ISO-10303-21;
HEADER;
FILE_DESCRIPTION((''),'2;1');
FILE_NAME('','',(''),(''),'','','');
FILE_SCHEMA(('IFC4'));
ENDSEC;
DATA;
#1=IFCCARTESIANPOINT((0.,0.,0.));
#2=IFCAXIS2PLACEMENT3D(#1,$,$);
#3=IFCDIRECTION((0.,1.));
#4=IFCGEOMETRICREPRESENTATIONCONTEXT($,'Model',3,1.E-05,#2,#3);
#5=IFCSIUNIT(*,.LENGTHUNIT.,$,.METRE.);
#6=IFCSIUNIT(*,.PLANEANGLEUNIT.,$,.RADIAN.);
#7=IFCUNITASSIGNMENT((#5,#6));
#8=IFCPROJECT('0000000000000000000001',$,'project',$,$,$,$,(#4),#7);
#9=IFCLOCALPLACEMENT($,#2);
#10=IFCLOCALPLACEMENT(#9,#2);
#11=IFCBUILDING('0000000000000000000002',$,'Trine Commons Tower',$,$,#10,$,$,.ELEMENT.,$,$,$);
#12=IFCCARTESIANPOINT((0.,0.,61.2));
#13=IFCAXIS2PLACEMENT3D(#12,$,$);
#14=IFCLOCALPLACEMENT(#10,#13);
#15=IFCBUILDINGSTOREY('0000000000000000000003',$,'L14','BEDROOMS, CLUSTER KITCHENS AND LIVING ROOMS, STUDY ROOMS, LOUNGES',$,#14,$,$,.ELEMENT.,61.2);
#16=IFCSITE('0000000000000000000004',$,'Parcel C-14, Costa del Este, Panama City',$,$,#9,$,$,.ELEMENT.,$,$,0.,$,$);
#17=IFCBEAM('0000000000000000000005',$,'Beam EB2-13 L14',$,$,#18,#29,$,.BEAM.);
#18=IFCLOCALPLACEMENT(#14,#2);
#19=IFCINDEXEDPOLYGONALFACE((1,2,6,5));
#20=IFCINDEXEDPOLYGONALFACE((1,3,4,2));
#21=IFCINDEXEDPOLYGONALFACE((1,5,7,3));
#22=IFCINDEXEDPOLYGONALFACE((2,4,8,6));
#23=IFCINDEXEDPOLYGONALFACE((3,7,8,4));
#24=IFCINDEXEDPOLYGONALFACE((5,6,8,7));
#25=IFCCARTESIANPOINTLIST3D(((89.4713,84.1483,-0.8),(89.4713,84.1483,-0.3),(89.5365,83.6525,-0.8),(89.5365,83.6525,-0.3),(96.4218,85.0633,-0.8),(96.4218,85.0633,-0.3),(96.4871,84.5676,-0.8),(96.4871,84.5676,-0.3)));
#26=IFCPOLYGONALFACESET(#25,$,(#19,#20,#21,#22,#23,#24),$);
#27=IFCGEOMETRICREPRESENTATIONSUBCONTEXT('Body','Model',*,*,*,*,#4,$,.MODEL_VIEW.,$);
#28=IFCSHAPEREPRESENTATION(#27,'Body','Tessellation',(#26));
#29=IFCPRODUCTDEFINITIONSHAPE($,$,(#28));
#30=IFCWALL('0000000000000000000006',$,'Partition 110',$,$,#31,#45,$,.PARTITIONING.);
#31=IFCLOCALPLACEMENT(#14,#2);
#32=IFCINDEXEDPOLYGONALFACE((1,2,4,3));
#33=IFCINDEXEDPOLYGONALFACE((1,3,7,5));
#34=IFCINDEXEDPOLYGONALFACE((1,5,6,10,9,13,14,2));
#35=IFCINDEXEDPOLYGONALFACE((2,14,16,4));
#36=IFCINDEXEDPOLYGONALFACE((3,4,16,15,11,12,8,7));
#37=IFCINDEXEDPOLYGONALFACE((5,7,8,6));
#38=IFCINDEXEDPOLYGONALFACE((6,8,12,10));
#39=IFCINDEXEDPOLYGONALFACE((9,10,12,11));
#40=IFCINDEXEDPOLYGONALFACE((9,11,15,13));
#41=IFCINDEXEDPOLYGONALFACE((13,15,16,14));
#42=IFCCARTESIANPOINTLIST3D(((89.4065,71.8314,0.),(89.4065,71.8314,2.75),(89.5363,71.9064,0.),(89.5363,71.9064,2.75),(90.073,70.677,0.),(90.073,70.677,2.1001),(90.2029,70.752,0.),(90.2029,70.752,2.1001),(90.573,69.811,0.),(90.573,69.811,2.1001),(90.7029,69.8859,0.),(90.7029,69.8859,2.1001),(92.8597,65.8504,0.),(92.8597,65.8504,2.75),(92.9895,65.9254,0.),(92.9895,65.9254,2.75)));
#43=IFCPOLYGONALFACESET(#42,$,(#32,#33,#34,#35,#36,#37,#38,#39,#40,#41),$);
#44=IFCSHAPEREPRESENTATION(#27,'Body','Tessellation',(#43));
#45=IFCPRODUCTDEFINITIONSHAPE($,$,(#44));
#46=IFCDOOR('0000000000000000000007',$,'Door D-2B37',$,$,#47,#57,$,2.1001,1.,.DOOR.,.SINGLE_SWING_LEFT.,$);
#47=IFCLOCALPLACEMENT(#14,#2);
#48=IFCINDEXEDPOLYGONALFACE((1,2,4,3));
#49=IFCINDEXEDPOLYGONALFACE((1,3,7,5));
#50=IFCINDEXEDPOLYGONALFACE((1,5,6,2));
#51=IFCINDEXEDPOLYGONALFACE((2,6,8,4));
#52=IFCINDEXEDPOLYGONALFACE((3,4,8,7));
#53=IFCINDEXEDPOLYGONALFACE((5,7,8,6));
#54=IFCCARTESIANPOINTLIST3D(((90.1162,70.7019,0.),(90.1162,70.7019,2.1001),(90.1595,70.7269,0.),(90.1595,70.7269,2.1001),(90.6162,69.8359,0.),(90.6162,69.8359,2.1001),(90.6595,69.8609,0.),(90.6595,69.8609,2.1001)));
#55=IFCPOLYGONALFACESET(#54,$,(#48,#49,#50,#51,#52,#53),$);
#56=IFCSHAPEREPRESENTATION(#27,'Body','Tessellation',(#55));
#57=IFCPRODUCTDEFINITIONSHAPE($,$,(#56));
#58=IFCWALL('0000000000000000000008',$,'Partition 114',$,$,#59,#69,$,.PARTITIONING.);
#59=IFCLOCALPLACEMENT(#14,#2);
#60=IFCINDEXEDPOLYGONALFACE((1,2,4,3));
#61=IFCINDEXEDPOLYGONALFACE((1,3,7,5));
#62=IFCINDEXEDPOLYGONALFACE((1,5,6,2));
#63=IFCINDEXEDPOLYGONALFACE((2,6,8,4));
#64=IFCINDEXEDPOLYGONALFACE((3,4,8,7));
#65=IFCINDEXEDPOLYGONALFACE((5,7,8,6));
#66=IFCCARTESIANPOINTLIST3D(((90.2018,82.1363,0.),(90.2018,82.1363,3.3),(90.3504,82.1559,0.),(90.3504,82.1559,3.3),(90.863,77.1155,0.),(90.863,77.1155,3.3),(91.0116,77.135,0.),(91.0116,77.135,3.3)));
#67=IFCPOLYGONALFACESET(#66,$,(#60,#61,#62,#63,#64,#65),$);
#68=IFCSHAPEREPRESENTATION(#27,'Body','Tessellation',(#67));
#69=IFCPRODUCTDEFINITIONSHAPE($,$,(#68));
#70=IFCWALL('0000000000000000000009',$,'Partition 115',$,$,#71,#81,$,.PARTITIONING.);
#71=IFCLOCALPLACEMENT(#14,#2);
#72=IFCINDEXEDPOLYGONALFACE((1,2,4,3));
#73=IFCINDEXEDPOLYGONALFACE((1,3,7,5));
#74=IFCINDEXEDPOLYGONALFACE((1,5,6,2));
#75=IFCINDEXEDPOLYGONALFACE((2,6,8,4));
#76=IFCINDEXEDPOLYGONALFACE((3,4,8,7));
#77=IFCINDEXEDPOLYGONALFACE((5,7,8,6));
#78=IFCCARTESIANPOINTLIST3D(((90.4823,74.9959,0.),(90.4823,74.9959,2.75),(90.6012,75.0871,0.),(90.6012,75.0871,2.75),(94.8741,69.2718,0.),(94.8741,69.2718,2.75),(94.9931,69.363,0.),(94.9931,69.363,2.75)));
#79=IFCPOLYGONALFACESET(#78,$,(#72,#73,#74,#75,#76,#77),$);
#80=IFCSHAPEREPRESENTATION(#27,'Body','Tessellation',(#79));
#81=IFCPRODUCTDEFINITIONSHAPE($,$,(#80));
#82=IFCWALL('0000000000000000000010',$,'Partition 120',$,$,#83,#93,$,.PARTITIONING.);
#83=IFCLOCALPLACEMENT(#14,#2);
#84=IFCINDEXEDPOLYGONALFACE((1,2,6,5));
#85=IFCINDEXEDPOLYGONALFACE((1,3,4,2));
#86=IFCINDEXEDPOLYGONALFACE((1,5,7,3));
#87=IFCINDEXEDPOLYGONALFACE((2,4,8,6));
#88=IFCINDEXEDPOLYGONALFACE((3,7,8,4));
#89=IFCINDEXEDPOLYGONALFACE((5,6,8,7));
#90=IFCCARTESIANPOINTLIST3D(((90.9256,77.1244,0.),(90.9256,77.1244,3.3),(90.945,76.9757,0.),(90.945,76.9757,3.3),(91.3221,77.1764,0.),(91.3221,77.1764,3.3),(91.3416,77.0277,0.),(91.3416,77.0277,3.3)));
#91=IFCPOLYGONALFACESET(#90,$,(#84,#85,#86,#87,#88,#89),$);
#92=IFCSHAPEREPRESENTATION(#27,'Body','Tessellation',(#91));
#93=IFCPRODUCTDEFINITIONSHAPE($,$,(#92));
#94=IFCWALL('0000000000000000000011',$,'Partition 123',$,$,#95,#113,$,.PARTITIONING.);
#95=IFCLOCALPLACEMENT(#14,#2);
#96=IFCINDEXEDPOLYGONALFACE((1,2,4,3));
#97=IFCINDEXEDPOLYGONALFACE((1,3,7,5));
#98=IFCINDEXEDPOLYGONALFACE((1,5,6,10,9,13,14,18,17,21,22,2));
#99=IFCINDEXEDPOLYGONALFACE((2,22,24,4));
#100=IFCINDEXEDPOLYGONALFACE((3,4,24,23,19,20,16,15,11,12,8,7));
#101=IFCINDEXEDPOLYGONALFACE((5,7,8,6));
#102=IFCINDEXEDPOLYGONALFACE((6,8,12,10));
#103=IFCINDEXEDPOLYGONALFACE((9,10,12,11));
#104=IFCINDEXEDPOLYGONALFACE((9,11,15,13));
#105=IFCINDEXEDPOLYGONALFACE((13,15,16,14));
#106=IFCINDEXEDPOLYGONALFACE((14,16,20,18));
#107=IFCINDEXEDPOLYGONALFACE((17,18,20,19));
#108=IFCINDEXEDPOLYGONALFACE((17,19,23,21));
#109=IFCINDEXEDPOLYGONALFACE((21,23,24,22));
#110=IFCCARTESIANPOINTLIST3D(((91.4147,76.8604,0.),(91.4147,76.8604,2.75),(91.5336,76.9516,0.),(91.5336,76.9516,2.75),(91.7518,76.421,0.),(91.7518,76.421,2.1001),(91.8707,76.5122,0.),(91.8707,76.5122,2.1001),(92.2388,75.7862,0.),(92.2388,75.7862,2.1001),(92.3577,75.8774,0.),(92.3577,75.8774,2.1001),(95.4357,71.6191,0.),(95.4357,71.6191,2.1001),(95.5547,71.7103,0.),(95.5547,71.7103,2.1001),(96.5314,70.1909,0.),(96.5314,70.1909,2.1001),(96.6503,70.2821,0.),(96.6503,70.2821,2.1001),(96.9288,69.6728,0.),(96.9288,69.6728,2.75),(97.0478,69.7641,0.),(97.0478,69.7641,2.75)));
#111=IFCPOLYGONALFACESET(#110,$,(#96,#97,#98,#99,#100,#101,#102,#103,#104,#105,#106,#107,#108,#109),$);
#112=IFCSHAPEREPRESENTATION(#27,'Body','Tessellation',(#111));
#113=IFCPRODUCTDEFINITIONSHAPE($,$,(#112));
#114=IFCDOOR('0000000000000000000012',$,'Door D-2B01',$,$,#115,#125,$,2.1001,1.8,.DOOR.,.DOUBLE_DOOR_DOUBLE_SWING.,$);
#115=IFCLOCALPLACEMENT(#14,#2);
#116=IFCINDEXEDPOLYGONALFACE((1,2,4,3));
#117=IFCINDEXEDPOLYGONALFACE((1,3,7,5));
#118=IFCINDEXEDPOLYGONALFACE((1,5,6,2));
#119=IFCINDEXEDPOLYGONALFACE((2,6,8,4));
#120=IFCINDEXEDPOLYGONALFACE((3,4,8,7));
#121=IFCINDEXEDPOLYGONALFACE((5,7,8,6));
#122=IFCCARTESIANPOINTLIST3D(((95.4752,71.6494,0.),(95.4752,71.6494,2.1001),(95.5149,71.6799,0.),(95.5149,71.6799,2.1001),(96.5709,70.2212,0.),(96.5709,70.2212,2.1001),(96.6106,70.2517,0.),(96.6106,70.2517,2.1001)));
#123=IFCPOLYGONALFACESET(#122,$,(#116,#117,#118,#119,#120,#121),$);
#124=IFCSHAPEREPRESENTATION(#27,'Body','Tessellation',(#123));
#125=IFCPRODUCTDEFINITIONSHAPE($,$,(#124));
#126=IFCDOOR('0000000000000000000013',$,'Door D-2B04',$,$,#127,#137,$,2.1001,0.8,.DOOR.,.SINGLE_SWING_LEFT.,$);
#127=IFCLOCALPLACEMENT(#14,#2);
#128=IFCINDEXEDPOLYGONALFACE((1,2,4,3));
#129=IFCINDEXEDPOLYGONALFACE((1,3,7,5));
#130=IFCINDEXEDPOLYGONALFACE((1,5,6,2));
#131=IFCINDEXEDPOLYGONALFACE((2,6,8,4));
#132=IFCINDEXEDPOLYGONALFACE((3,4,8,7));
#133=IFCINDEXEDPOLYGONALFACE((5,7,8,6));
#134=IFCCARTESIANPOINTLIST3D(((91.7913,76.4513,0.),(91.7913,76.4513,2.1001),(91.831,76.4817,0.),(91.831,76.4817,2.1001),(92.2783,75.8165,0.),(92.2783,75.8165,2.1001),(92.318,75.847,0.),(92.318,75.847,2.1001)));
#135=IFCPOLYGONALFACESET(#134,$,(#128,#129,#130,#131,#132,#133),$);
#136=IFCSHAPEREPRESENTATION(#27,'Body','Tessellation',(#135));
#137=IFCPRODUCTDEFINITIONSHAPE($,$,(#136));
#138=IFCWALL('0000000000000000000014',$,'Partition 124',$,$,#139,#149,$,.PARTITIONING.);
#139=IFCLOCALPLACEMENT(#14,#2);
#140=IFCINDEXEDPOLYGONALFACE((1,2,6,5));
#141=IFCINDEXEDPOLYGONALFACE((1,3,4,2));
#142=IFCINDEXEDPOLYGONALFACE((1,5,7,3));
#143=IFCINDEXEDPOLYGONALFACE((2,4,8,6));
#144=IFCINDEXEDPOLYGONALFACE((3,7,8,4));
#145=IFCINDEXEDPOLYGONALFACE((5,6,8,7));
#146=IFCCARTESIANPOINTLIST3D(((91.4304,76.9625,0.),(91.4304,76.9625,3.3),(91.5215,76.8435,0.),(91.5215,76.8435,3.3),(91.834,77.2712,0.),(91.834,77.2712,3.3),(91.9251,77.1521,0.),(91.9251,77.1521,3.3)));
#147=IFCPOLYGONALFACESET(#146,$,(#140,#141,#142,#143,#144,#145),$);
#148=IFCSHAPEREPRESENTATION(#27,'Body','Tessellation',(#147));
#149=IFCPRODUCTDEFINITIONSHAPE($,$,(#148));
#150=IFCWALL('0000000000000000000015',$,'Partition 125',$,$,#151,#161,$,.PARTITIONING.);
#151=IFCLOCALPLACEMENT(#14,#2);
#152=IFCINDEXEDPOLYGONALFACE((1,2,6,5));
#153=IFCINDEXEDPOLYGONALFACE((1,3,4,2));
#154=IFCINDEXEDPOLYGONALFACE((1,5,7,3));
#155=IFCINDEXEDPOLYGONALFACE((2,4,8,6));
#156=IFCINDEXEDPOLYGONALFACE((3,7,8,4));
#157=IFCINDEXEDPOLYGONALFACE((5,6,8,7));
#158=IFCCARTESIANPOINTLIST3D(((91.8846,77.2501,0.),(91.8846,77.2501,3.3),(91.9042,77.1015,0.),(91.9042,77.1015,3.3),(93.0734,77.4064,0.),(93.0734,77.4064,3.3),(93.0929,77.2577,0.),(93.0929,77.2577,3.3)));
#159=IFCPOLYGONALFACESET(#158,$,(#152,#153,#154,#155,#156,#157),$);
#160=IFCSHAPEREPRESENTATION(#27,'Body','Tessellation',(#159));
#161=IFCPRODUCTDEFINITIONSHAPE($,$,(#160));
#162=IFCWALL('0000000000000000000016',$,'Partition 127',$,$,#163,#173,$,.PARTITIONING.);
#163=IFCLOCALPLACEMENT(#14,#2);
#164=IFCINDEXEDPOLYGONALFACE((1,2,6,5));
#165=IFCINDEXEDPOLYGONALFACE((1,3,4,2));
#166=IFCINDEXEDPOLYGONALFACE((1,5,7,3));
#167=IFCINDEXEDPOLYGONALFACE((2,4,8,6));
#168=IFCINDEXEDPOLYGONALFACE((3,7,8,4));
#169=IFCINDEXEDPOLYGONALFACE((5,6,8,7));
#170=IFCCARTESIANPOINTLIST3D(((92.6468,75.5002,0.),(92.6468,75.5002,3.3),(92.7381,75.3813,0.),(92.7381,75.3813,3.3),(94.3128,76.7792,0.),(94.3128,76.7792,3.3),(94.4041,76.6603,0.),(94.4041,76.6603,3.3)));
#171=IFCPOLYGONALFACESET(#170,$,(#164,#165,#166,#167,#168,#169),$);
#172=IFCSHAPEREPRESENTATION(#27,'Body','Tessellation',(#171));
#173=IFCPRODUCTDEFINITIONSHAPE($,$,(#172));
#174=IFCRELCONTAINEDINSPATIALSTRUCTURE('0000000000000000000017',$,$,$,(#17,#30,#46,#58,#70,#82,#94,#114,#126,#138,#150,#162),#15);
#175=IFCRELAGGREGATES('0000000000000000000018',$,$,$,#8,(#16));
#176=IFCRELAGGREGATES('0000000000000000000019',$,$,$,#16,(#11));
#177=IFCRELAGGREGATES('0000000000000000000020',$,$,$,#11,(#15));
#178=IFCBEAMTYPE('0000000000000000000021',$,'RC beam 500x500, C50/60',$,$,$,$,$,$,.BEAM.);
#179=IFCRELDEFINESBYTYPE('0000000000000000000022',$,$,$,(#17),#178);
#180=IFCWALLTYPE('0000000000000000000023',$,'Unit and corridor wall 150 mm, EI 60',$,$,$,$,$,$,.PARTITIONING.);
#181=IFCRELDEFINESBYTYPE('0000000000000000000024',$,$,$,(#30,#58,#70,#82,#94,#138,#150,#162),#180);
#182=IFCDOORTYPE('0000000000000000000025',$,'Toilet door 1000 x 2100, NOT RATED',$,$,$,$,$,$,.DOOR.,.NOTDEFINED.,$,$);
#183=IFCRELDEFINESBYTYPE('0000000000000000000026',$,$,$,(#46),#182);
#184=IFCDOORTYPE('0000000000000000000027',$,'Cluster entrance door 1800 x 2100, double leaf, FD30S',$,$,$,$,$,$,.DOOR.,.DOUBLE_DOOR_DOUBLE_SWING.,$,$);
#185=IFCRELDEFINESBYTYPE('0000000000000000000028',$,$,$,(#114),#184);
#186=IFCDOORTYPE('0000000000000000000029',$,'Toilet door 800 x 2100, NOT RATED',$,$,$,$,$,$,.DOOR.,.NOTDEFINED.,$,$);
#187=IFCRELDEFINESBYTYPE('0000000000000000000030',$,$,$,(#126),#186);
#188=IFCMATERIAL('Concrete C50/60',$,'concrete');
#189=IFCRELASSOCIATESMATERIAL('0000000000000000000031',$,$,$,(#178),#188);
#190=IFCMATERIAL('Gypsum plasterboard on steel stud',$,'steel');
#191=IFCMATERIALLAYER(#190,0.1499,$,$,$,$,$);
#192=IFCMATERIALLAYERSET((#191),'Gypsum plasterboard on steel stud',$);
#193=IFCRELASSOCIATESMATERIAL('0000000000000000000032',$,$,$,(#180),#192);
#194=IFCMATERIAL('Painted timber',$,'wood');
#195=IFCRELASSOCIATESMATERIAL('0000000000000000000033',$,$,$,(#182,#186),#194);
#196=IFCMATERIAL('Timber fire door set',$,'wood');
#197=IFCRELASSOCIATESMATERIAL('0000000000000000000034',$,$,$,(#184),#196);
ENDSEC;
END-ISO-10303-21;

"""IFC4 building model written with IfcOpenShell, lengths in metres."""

from ifc_helpers import new_model, si_unit, direction, frame, frame_2d, origin, origin_2d, place, context, subcontext, project, spatial, rectangle, extrude, material, layer, layer_set, material_profile, profile_set, type_object, element, fill, save


model = new_model("IFC4")

# Units and contexts
model_context = context("Model", 3, precision=1e-05, world=origin(), true_north=direction((0.0, 1.0)))
body_context = subcontext(model_context, "Body", "Model", "MODEL_VIEW")
ifc_project = project(units=[si_unit("LENGTHUNIT", "METRE"), si_unit("PLANEANGLEUNIT", "RADIAN")], contexts=[model_context])

# Site, building, storey
site_placement = place(None, origin())
site = spatial("IfcSite", under=ifc_project, at=site_placement, Name="Parcel C-14, Costa del Este, Panama City", CompositionType="ELEMENT", RefElevation=0.0)
building_placement = place(site_placement, origin())
building = spatial("IfcBuilding", under=site, at=building_placement, Name="Trine Commons Tower", CompositionType="ELEMENT")
storey_placement = place(building_placement, frame((0.0, 0.0, 61.2)))
storey = spatial("IfcBuildingStorey", under=building, at=storey_placement, Name="L14", Description="BEDROOMS, CLUSTER KITCHENS AND LIVING ROOMS, STUDY ROOMS, LOUNGES", CompositionType="ELEMENT", Elevation=61.2)

# Beam
ifc_material_1 = material(Name="Concrete C50/60", Category="concrete")
ifc_material_profile = material_profile(ifc_material_1, rectangle(XDim=0.5, YDim=0.5, at=origin_2d()), Name="RC 500x500")
ifc_profile_set = profile_set([ifc_material_profile], Name="Concrete C50/60")
beam_type = type_object("IfcBeamType", Name="RC beam 500x500, C50/60", PredefinedType="BEAM", material=ifc_profile_set)
beam_placement = place(storey_placement, frame((89.5039, 83.9004, -0.55), z_axis=(0.991445, 0.130526, 0.0), x_axis=(-0.130526, 0.991445, 0.0)))
element("IfcBeam", 1, at=beam_placement, inside=storey, type_object=beam_type, Name="Beam EB2-13 L14", PredefinedType="BEAM", context=body_context, shape_type="SweptSolid", body=[
    extrude(rectangle(XDim=0.5, YDim=0.5, at=origin_2d()), origin(), (0.0, 0.0, 1.0), 7.0105),
])

# Wall, opening, door
ifc_material_2 = material(Name="Gypsum plasterboard on steel stud", Category="steel")
ifc_layer_1 = layer(ifc_material_2, 0.1499)
ifc_layer_set_1 = layer_set([ifc_layer_1], Name="Gypsum plasterboard on steel stud")
wall_type_1 = type_object("IfcWallType", Name="Unit and corridor wall 150 mm, EI 60", PredefinedType="PARTITIONING", material=ifc_layer_set_1)
wall_1_placement = place(storey_placement, frame((89.4714, 71.8689, 0.0), z_axis=(0.0, 0.0, 1.0), x_axis=(0.500002, -0.866024, 0.0)))
wall_1 = element("IfcWall", 2, at=wall_1_placement, inside=storey, type_object=wall_type_1, Name="Partition 110", PredefinedType="PARTITIONING", context=body_context, shape_type="SweptSolid", body=[
    extrude(rectangle(XDim=6.9062, YDim=0.1499, at=frame_2d((3.4531, 0.0))), origin(), (0.0, 0.0, 1.0), 2.75),
])
opening_1_placement = place(wall_1_placement, frame((1.333, 0.0, 0.0)))
opening_1 = element("IfcOpeningElement", 3, at=opening_1_placement, cuts=wall_1, PredefinedType="OPENING", context=body_context, shape_type="SweptSolid", body=[
    extrude(rectangle(XDim=1.0, YDim=2.1001, at=frame_2d((0.5, 1.05))), frame((0.0, 0.085, 0.0), z_axis=(0.0, -1.0, 0.0), x_axis=(1.0, 0.0, 0.0)), (0.0, 0.0, 1.0), 0.1699),
])
ifc_material_3 = material(Name="Painted timber", Category="wood")
door_type_1 = type_object("IfcDoorType", Name="Toilet door 1000 x 2100, NOT RATED", OperationType="NOTDEFINED", PredefinedType="DOOR", material=ifc_material_3)
door_1_placement = place(opening_1_placement, origin())
door_1 = element("IfcDoor", 4, at=door_1_placement, inside=storey, type_object=door_type_1, Name="Door D-2B37", OperationType="SINGLE_SWING_LEFT", OverallHeight=2.1001, OverallWidth=1.0, PredefinedType="DOOR", context=body_context, shape_type="SweptSolid", body=[
    extrude(rectangle(XDim=1.0, YDim=2.1001, at=frame_2d((0.5, 1.05))), frame((0.0, 0.0249, 0.0), z_axis=(0.0, -1.0, 0.0), x_axis=(1.0, 0.0, 0.0)), (0.0, 0.0, 1.0), 0.05),
])
fill(opening_1, door_1)

# Walls
wall_2_placement = place(storey_placement, frame((90.2761, 82.1462, 0.0), z_axis=(0.0, 0.0, 1.0), x_axis=(0.130553, -0.991441, 0.0)))
element("IfcWall", 5, at=wall_2_placement, inside=storey, type_object=wall_type_1, Name="Partition 114", PredefinedType="PARTITIONING", context=body_context, shape_type="SweptSolid", body=[
    extrude(rectangle(XDim=5.0642, YDim=0.1499, at=frame_2d((2.5322, 0.0))), origin(), (0.0, 0.0, 1.0), 3.3),
])
wall_3_placement = place(storey_placement, frame((90.5417, 75.0415, 0.0), z_axis=(0.0, 0.0, 1.0), x_axis=(0.608724, -0.793382, 0.0)))
element("IfcWall", 6, at=wall_3_placement, inside=storey, type_object=wall_type_1, Name="Partition 115", PredefinedType="PARTITIONING", context=body_context, shape_type="SweptSolid", body=[
    extrude(rectangle(XDim=7.2148, YDim=0.1499, at=frame_2d((3.6074, 0.0))), origin(), (0.0, 0.0, 1.0), 2.75),
])
wall_4_placement = place(storey_placement, frame((90.9353, 77.05, 0.0), z_axis=(0.0, 0.0, 1.0), x_axis=(0.991508, 0.130044, 0.0)))
element("IfcWall", 7, at=wall_4_placement, inside=storey, type_object=wall_type_1, Name="Partition 120", PredefinedType="PARTITIONING", context=body_context, shape_type="SweptSolid", body=[
    extrude(rectangle(XDim=0.3999, YDim=0.1499, at=frame_2d((0.2, 0.0))), origin(), (0.0, 0.0, 1.0), 3.3),
])

# Wall, openings, doors
wall_5_placement = place(storey_placement, frame((91.4741, 76.906, 0.0), z_axis=(0.0, 0.0, 1.0), x_axis=(0.608692, -0.793407, 0.0)))
wall_5 = element("IfcWall", 8, at=wall_5_placement, inside=storey, type_object=wall_type_1, Name="Partition 123", PredefinedType="PARTITIONING", context=body_context, shape_type="SweptSolid", body=[
    extrude(rectangle(XDim=9.0591, YDim=0.1499, at=frame_2d((4.5295, 0.0))), origin(), (0.0, 0.0, 1.0), 2.75),
])
opening_2_placement = place(wall_5_placement, frame((6.6062, 0.0, 0.0)))
opening_2 = element("IfcOpeningElement", 9, at=opening_2_placement, cuts=wall_5, PredefinedType="OPENING", context=body_context, shape_type="SweptSolid", body=[
    extrude(rectangle(XDim=1.8, YDim=2.1001, at=frame_2d((0.8999, 1.05))), frame((0.0, 0.085, 0.0), z_axis=(0.0, -1.0, 0.0), x_axis=(1.0, 0.0, 0.0)), (0.0, 0.0, 1.0), 0.1699),
])
opening_3_placement = place(wall_5_placement, frame((0.554, 0.0, 0.0)))
opening_3 = element("IfcOpeningElement", 10, at=opening_3_placement, cuts=wall_5, PredefinedType="OPENING", context=body_context, shape_type="SweptSolid", body=[
    extrude(rectangle(XDim=0.8, YDim=2.1001, at=frame_2d((0.3999, 1.05))), frame((0.0, 0.085, 0.0), z_axis=(0.0, -1.0, 0.0), x_axis=(1.0, 0.0, 0.0)), (0.0, 0.0, 1.0), 0.1699),
])
ifc_material_4 = material(Name="Timber fire door set", Category="wood")
door_type_2 = type_object("IfcDoorType", Name="Cluster entrance door 1800 x 2100, double leaf, FD30S", OperationType="DOUBLE_DOOR_DOUBLE_SWING", PredefinedType="DOOR", material=ifc_material_4)
door_2_placement = place(opening_2_placement, origin())
door_2 = element("IfcDoor", 11, at=door_2_placement, inside=storey, type_object=door_type_2, Name="Door D-2B01", OperationType="DOUBLE_DOOR_DOUBLE_SWING", OverallHeight=2.1001, OverallWidth=1.8, PredefinedType="DOOR", context=body_context, shape_type="SweptSolid", body=[
    extrude(rectangle(XDim=1.8, YDim=2.1001, at=frame_2d((0.8999, 1.05))), frame((0.0, 0.0249, 0.0), z_axis=(0.0, -1.0, 0.0), x_axis=(1.0, 0.0, 0.0)), (0.0, 0.0, 1.0), 0.05),
])
fill(opening_2, door_2)
door_type_3 = type_object("IfcDoorType", Name="Toilet door 800 x 2100, NOT RATED", OperationType="NOTDEFINED", PredefinedType="DOOR", material=ifc_material_3)
door_3_placement = place(opening_3_placement, origin())
door_3 = element("IfcDoor", 12, at=door_3_placement, inside=storey, type_object=door_type_3, Name="Door D-2B04", OperationType="SINGLE_SWING_LEFT", OverallHeight=2.1001, OverallWidth=0.8, PredefinedType="DOOR", context=body_context, shape_type="SweptSolid", body=[
    extrude(rectangle(XDim=0.8, YDim=2.1001, at=frame_2d((0.3999, 1.05))), frame((0.0, 0.0249, 0.0), z_axis=(0.0, -1.0, 0.0), x_axis=(1.0, 0.0, 0.0)), (0.0, 0.0, 1.0), 0.05),
])
fill(opening_3, door_3)

# Walls
wall_6_placement = place(storey_placement, frame((91.4761, 76.9031, 0.0), z_axis=(0.0, 0.0, 1.0), x_axis=(0.794371, 0.607432, 0.0)))
element("IfcWall", 13, at=wall_6_placement, inside=storey, type_object=wall_type_1, Name="Partition 124", PredefinedType="PARTITIONING", context=body_context, shape_type="SweptSolid", body=[
    extrude(rectangle(XDim=0.5081, YDim=0.1499, at=frame_2d((0.2539, 0.0))), origin(), (0.0, 0.0, 1.0), 3.3),
])
wall_7_placement = place(storey_placement, frame((91.8943, 77.1758, 0.0), z_axis=(0.0, 0.0, 1.0), x_axis=(0.991472, 0.130323, 0.0)))
element("IfcWall", 14, at=wall_7_placement, inside=storey, type_object=wall_type_1, Name="Partition 125", PredefinedType="PARTITIONING", context=body_context, shape_type="SweptSolid", body=[
    extrude(rectangle(XDim=1.199, YDim=0.1499, at=frame_2d((0.5996, 0.0))), origin(), (0.0, 0.0, 1.0), 3.3),
])
wall_8_placement = place(storey_placement, frame((92.6924, 75.4407, 0.0), z_axis=(0.0, 0.0, 1.0), x_axis=(0.793198, 0.608963, 0.0)))
element("IfcWall", 15, at=wall_8_placement, inside=storey, type_object=wall_type_1, Name="Partition 127", PredefinedType="PARTITIONING", context=body_context, shape_type="SweptSolid", body=[
    extrude(rectangle(XDim=2.1003, YDim=0.1499, at=frame_2d((1.0503, 0.0))), origin(), (0.0, 0.0, 1.0), 3.3),
])

save(model, "model.ifc")
